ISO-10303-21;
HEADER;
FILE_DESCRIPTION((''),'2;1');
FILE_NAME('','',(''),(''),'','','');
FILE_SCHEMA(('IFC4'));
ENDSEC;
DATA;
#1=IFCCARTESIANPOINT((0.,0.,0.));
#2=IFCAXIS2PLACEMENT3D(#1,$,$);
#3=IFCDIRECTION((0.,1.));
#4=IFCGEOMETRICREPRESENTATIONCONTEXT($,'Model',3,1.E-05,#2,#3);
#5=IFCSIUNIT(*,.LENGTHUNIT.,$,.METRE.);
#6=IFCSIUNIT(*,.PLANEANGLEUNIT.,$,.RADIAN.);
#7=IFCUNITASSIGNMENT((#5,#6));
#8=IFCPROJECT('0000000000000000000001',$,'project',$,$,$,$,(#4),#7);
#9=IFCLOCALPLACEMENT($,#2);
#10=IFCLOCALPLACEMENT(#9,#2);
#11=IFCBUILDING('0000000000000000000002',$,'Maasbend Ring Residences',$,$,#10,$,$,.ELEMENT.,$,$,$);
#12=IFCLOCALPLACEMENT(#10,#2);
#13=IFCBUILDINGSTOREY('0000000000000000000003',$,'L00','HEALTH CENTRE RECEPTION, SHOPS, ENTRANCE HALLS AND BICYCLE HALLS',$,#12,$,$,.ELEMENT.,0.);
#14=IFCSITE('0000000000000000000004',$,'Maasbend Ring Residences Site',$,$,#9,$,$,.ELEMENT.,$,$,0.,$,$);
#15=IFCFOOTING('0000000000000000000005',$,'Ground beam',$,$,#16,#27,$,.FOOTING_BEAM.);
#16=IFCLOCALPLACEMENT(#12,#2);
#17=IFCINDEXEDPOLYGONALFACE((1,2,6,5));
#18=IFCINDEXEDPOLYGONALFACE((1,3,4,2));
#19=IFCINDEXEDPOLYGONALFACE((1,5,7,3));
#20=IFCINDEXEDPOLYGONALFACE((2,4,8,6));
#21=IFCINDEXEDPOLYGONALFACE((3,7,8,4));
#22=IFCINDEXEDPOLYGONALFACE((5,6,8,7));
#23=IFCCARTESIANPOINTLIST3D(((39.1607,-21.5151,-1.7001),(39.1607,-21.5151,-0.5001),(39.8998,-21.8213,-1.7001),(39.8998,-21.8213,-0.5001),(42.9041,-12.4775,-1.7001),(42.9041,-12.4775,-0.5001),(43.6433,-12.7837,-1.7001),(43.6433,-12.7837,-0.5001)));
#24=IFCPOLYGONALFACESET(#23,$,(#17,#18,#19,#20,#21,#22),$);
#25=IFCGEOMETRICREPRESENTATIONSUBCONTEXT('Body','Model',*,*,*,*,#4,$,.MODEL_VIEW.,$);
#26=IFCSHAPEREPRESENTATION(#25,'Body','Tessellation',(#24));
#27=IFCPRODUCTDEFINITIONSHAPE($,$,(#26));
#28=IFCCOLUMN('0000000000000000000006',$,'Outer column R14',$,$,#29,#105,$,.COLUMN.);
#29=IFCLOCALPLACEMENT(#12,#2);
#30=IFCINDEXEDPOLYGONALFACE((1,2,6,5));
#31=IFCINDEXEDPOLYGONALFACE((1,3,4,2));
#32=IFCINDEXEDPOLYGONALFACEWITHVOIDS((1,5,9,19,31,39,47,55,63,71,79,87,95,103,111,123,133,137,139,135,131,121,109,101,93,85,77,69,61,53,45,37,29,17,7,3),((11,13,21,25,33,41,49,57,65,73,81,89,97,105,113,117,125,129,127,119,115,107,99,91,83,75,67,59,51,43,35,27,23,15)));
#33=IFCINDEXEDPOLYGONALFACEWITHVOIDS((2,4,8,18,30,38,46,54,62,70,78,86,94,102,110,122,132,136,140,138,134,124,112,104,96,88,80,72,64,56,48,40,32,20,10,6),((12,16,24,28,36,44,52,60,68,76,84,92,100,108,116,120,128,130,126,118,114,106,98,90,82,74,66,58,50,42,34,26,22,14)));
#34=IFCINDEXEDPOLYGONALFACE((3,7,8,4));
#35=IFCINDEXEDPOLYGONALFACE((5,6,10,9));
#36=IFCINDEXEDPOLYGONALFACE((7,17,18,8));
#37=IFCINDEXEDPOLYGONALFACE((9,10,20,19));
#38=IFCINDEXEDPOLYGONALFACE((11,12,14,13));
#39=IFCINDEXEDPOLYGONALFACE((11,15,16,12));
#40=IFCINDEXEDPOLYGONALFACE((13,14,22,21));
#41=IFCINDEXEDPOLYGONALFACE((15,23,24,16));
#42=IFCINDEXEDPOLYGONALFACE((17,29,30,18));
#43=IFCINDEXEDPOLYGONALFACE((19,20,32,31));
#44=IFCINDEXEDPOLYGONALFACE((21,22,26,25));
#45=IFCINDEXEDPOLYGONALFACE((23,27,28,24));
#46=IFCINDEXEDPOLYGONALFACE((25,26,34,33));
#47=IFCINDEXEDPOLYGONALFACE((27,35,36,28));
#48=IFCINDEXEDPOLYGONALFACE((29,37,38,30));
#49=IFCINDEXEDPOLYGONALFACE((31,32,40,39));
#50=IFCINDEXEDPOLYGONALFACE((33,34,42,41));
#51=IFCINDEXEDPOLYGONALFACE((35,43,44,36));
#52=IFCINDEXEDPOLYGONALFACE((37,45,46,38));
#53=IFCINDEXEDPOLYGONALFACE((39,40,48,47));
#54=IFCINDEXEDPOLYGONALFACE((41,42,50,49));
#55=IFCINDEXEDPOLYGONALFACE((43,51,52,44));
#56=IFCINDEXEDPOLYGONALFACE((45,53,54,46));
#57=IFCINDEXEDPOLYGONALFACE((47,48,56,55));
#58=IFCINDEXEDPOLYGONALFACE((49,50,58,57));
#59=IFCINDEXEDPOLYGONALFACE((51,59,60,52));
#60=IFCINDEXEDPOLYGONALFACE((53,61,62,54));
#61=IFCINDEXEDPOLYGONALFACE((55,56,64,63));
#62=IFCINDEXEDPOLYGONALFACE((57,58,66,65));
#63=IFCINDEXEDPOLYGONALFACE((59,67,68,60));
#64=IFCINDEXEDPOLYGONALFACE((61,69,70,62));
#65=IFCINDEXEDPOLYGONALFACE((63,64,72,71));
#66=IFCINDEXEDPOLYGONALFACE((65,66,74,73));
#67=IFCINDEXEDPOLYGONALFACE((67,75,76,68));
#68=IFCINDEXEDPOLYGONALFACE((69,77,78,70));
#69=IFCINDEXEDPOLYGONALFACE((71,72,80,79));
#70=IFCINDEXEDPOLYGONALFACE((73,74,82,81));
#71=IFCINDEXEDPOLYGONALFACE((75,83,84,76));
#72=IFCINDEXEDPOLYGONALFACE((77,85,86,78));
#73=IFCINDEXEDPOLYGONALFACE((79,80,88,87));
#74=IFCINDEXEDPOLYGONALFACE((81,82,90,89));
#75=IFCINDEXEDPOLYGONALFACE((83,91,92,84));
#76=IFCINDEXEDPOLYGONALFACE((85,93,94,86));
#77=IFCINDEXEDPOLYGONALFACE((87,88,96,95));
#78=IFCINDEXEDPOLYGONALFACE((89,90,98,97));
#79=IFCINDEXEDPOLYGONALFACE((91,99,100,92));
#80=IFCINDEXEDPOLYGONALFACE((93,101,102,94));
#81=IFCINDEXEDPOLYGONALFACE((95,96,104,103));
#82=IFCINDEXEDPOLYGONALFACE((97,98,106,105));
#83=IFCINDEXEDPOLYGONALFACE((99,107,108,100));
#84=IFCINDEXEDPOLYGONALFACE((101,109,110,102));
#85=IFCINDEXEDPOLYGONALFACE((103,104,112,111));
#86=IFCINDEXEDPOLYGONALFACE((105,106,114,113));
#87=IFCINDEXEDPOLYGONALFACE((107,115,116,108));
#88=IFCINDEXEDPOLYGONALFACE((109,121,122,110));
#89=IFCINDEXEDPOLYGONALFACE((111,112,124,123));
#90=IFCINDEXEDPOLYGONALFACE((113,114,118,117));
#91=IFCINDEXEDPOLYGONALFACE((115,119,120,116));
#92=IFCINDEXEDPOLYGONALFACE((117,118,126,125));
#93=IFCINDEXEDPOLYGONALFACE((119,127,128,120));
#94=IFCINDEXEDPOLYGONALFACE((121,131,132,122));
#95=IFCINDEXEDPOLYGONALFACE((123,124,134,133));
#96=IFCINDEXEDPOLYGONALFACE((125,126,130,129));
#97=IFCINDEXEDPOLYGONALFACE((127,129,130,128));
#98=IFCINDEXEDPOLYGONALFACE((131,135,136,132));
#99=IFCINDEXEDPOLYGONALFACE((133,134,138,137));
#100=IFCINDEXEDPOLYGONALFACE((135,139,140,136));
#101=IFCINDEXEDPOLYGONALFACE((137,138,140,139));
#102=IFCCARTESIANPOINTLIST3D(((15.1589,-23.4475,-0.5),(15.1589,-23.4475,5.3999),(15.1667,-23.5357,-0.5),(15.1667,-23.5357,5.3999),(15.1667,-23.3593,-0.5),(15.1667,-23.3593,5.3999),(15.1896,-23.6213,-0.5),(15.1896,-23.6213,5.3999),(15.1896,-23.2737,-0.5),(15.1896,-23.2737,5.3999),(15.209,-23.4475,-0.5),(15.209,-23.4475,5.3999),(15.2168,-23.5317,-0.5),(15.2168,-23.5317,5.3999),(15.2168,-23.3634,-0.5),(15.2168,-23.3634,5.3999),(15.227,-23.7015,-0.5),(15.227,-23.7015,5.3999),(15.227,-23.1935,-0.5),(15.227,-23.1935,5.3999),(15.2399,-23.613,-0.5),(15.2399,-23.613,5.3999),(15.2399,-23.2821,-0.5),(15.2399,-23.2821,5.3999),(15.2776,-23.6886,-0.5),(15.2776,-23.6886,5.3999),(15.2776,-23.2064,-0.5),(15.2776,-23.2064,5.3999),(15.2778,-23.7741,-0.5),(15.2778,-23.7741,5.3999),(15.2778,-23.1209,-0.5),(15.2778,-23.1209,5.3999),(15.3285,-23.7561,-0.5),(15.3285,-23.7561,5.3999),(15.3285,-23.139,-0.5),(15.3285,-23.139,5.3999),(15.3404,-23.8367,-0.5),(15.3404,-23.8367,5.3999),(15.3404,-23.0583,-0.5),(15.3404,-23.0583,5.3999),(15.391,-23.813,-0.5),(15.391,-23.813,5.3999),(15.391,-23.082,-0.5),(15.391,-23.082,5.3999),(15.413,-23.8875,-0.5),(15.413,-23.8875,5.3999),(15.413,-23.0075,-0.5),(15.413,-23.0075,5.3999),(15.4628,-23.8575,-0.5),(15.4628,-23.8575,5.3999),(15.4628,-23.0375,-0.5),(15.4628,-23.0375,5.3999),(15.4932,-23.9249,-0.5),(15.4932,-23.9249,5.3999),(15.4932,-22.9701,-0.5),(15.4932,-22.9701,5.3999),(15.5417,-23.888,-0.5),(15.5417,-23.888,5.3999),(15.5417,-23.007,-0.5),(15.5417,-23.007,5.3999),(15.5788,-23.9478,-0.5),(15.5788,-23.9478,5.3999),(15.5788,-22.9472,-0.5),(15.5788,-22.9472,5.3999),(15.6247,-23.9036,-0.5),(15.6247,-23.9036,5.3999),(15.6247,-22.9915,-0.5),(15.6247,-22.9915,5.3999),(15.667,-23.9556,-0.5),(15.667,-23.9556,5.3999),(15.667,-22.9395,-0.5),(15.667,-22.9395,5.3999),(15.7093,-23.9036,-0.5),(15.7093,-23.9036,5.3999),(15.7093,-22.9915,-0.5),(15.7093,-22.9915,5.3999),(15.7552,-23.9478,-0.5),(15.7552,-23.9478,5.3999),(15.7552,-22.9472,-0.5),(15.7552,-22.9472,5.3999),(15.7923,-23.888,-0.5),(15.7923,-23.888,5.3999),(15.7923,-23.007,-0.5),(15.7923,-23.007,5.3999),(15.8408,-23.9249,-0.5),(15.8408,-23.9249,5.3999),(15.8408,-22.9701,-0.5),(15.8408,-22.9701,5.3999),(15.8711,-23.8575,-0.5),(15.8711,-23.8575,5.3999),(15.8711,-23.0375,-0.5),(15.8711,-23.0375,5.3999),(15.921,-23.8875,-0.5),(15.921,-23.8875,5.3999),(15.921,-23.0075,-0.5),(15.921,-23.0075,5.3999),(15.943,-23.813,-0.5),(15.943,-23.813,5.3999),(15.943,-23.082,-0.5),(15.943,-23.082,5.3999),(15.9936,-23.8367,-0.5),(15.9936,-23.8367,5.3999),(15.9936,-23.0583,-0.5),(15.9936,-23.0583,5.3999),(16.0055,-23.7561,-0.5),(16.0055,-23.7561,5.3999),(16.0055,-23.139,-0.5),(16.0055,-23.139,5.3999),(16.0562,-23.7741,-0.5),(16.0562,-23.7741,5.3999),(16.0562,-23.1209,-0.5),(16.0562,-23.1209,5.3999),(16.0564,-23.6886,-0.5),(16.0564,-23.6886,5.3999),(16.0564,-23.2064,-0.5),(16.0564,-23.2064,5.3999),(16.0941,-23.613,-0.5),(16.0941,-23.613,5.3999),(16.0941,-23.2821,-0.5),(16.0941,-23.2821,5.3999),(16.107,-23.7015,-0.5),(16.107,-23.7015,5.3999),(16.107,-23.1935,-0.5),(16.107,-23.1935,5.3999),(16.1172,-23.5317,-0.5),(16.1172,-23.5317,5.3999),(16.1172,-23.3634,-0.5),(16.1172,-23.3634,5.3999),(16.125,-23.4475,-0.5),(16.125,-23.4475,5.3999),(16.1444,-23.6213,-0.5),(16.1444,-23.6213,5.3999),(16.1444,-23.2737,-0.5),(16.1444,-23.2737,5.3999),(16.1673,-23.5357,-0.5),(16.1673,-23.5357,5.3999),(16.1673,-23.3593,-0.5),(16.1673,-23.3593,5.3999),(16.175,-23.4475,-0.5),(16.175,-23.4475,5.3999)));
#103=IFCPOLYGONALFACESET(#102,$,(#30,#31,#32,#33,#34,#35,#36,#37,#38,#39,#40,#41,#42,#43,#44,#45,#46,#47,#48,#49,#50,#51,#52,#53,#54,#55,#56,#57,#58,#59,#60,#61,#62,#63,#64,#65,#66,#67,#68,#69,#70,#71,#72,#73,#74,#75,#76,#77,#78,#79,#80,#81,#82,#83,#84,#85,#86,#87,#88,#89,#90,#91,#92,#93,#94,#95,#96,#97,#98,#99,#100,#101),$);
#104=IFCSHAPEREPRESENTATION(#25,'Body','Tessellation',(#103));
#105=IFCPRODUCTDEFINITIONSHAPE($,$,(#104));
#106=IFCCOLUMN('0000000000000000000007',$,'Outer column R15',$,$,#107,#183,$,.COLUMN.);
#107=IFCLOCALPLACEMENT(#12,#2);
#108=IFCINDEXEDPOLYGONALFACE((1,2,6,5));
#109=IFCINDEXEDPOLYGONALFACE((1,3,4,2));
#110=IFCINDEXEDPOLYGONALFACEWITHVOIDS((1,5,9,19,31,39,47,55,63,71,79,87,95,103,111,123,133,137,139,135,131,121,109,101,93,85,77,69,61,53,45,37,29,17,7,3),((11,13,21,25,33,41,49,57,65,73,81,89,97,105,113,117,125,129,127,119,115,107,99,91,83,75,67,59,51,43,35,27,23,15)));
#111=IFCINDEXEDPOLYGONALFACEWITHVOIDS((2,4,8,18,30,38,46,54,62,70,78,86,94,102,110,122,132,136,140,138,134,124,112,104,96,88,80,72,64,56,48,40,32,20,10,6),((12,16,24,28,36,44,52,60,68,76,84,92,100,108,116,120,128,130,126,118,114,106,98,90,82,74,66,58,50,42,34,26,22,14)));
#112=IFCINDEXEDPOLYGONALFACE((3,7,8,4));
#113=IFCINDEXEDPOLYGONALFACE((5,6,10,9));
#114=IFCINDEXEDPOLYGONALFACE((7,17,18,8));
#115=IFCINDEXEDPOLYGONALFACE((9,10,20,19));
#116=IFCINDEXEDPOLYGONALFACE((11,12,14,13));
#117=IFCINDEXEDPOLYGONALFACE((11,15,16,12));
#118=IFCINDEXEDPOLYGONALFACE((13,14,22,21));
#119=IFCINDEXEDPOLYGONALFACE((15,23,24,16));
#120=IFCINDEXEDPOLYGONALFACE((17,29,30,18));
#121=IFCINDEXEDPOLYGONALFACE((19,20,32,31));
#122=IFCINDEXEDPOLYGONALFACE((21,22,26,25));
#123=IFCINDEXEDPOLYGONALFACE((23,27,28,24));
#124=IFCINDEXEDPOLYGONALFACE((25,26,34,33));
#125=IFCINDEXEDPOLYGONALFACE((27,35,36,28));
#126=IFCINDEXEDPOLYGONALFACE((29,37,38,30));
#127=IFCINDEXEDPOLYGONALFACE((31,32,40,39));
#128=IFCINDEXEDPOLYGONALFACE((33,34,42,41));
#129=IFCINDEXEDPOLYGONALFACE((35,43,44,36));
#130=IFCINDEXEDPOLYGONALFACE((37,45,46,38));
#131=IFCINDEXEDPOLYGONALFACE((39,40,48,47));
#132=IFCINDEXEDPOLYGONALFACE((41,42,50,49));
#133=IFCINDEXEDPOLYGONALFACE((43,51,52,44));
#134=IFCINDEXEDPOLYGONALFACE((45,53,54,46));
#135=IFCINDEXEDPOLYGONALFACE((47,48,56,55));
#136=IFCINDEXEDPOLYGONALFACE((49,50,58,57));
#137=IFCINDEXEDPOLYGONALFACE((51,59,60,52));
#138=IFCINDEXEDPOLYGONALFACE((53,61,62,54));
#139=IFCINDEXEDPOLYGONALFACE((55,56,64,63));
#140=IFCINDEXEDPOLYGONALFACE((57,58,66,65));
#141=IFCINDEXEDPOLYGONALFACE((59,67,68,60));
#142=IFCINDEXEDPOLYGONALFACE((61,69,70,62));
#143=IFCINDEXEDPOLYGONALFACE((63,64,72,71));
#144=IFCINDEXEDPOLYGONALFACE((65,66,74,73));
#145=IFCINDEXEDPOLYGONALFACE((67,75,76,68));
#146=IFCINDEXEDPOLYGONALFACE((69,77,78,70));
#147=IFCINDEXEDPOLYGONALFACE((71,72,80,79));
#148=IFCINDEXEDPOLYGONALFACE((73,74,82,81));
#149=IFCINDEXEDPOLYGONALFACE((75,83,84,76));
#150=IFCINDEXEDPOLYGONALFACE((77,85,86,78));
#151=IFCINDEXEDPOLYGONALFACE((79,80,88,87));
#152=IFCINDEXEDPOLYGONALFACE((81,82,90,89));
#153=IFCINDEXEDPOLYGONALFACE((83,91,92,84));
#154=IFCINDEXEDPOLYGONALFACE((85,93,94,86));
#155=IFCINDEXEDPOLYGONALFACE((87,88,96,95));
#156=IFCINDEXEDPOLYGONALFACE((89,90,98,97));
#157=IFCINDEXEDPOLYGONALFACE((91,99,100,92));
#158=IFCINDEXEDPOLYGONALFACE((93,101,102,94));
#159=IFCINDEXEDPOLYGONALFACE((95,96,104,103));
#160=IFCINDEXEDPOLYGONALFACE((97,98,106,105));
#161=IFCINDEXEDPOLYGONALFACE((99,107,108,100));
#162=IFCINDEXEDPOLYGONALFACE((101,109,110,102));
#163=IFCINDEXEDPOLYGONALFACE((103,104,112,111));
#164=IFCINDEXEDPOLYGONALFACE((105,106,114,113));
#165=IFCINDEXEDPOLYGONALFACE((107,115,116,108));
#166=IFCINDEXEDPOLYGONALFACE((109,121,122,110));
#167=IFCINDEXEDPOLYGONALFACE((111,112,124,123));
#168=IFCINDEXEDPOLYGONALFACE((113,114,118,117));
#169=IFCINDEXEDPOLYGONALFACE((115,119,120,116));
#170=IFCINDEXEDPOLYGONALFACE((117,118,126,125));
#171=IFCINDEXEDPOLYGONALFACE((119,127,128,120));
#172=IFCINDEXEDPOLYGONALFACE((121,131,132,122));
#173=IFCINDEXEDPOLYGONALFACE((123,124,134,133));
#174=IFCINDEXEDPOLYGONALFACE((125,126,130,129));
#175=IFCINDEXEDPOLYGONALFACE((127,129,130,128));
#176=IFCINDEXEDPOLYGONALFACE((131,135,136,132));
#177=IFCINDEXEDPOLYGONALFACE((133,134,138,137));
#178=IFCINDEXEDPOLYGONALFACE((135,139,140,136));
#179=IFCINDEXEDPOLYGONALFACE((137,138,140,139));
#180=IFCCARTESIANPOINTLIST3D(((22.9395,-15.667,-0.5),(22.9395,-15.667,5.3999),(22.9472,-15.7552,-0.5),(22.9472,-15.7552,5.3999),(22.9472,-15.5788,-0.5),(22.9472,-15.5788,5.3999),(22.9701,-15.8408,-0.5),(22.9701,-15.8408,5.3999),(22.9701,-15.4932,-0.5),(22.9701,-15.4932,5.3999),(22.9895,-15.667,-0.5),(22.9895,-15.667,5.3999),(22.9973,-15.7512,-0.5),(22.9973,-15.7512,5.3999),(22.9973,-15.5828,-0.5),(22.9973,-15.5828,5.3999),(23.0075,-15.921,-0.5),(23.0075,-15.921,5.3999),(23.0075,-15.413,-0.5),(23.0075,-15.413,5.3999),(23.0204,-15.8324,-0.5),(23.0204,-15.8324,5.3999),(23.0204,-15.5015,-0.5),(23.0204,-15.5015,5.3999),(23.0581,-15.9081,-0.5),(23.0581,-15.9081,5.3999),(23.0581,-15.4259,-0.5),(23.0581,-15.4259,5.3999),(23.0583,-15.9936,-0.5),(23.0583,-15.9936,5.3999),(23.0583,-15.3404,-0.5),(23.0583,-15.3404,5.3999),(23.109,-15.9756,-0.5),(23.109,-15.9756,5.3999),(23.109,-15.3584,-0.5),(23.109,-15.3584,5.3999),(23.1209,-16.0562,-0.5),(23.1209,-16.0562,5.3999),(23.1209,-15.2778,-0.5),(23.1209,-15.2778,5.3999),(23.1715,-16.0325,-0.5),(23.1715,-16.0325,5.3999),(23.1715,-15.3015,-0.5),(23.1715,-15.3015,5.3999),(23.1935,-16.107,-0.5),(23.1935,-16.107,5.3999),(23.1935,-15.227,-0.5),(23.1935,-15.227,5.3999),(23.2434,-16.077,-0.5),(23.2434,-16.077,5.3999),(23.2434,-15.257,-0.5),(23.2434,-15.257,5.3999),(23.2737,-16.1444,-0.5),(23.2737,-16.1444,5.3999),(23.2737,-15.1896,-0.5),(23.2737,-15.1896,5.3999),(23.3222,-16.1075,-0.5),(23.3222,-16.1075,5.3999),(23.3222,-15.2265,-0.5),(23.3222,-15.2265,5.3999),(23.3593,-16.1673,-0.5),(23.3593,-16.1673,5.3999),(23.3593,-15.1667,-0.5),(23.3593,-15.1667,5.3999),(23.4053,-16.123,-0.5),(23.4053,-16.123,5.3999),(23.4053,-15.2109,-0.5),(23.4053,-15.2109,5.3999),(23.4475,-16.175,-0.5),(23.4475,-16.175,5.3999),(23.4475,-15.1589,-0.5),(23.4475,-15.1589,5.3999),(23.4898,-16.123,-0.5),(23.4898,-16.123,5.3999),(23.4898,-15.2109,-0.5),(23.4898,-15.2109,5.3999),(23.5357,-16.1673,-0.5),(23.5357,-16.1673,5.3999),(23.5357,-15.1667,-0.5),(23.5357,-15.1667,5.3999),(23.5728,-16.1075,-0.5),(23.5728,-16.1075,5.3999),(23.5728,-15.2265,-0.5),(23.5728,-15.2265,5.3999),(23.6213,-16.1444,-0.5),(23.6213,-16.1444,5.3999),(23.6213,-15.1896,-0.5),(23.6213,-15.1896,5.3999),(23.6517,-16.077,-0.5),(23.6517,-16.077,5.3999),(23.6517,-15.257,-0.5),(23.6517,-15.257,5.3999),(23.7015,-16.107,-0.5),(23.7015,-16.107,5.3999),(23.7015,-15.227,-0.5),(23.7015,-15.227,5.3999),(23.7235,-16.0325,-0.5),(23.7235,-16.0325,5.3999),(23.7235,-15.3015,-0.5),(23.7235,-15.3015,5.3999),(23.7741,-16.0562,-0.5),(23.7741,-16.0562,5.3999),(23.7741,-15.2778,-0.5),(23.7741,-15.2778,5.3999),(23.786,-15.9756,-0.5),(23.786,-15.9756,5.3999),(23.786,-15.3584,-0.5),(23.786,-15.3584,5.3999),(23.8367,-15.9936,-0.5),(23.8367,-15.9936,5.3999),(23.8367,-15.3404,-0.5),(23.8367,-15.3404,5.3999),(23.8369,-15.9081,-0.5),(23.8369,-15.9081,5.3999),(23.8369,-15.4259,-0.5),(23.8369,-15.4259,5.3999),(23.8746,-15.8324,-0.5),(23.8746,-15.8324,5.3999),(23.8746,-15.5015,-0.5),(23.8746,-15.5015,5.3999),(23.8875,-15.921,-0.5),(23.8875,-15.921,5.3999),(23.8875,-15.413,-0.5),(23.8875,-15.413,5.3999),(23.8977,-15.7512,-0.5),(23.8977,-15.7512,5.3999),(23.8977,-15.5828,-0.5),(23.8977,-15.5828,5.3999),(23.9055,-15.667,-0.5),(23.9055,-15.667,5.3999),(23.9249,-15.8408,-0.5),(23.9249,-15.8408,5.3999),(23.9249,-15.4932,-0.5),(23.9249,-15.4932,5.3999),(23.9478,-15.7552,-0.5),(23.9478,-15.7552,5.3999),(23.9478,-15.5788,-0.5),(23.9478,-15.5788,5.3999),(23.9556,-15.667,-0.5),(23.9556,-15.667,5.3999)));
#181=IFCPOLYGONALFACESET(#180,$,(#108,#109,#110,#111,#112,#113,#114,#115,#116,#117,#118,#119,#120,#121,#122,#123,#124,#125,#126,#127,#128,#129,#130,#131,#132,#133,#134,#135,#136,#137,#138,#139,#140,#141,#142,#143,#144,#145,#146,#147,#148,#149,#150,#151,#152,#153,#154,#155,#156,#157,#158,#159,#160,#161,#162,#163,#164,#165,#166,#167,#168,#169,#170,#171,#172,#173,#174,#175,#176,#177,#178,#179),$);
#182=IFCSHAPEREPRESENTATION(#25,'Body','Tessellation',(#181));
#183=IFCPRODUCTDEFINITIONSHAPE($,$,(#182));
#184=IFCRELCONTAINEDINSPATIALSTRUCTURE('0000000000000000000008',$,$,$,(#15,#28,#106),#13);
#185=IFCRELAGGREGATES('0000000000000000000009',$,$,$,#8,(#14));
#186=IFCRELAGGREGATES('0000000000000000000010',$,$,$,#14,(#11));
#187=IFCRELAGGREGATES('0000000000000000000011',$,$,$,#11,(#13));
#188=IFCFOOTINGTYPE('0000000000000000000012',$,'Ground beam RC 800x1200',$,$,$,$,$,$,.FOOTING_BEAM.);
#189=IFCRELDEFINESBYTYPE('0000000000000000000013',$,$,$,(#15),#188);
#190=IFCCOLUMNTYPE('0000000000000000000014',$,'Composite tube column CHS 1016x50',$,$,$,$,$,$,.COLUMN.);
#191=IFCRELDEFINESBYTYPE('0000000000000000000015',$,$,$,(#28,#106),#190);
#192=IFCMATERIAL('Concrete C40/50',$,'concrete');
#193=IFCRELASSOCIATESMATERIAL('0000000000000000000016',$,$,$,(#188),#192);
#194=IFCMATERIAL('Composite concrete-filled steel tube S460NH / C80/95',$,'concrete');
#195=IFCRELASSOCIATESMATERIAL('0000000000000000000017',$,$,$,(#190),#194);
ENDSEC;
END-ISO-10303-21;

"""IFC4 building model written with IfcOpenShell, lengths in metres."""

from ifc_helpers import new_model, si_unit, direction, frame, origin, origin_2d, place, context, subcontext, project, spatial, rectangle, hollow_circle, extrude, material, material_profile, profile_set, type_object, element, save


model = new_model("IFC4")

# Units and contexts
model_context = context("Model", 3, precision=1e-05, world=origin(), true_north=direction((0.0, 1.0)))
body_context = subcontext(model_context, "Body", "Model", "MODEL_VIEW")
ifc_project = project(units=[si_unit("LENGTHUNIT", "METRE"), si_unit("PLANEANGLEUNIT", "RADIAN")], contexts=[model_context])

# Site, building, storey
site_placement = place(None, origin())
site = spatial("IfcSite", under=ifc_project, at=site_placement, Name="Maasbend Ring Residences Site", CompositionType="ELEMENT", RefElevation=0.0)
building_placement = place(site_placement, origin())
building = spatial("IfcBuilding", under=site, at=building_placement, Name="Maasbend Ring Residences", CompositionType="ELEMENT")
storey_placement = place(building_placement, origin())
storey = spatial("IfcBuildingStorey", under=building, at=storey_placement, Name="L00", Description="HEALTH CENTRE RECEPTION, SHOPS, ENTRANCE HALLS AND BICYCLE HALLS", CompositionType="ELEMENT", Elevation=0.0)

# Footing
ifc_material_1 = material(Name="Concrete C40/50", Category="concrete")
ifc_material_profile_1 = material_profile(ifc_material_1, rectangle(XDim=0.8, YDim=1.2, at=origin_2d()), Name="Ground beam RC 800x1200")
ifc_profile_set_1 = profile_set([ifc_material_profile_1], Name="Concrete C40/50")
footing_type = type_object("IfcFootingType", Name="Ground beam RC 800x1200", PredefinedType="FOOTING_BEAM", material=ifc_profile_set_1)
footing_1_placement = place(storey_placement, frame((39.5303, -21.6682, -1.1001), z_axis=(0.382676, 0.923883, 0.0), x_axis=(-0.923883, 0.382676, 0.0)))
element("IfcFooting", 1, at=footing_1_placement, inside=storey, type_object=footing_type, Name="Ground beam", PredefinedType="FOOTING_BEAM", context=body_context, shape_type="SweptSolid", body=[
    extrude(rectangle(XDim=0.8, YDim=1.2, at=origin_2d()), origin(), (0.0, 0.0, 1.0), 9.7822),
])

# Columns
ifc_material_2 = material(Name="Composite concrete-filled steel tube S460NH / C80/95", Category="concrete")
ifc_material_profile_2 = material_profile(ifc_material_2, hollow_circle(Radius=0.5081, WallThickness=0.05, at=origin_2d()), Name="Composite tube column CHS 1016x50")
ifc_profile_set_2 = profile_set([ifc_material_profile_2], Name="Composite concrete-filled steel tube S460NH / C80/95")
column_type_1 = type_object("IfcColumnType", Name="Composite tube column CHS 1016x50", PredefinedType="COLUMN", material=ifc_profile_set_2)
for number, where, z_axis, x_axis, name in (
    (2, (15.667, -23.4475, -0.5), (0.0, 0.0, 1.0), (1.0, 0.0, 0.0), "Outer column R14"),
    (3, (23.4475, -15.667, -0.5), (0.0, 0.0, 1.0), (1.0, 0.0, 0.0), "Outer column R15"),
):
    element("IfcColumn", number, at=place(storey_placement, frame(where, z_axis=z_axis, x_axis=x_axis)), inside=storey, type_object=column_type_1, Name=name, PredefinedType="COLUMN", context=body_context, shape_type="SweptSolid", body=[
        extrude(hollow_circle(Radius=0.5081, WallThickness=0.05, at=origin_2d()), origin(), (0.0, 0.0, 1.0), 5.8999),
    ])

save(model, "model.ifc")
